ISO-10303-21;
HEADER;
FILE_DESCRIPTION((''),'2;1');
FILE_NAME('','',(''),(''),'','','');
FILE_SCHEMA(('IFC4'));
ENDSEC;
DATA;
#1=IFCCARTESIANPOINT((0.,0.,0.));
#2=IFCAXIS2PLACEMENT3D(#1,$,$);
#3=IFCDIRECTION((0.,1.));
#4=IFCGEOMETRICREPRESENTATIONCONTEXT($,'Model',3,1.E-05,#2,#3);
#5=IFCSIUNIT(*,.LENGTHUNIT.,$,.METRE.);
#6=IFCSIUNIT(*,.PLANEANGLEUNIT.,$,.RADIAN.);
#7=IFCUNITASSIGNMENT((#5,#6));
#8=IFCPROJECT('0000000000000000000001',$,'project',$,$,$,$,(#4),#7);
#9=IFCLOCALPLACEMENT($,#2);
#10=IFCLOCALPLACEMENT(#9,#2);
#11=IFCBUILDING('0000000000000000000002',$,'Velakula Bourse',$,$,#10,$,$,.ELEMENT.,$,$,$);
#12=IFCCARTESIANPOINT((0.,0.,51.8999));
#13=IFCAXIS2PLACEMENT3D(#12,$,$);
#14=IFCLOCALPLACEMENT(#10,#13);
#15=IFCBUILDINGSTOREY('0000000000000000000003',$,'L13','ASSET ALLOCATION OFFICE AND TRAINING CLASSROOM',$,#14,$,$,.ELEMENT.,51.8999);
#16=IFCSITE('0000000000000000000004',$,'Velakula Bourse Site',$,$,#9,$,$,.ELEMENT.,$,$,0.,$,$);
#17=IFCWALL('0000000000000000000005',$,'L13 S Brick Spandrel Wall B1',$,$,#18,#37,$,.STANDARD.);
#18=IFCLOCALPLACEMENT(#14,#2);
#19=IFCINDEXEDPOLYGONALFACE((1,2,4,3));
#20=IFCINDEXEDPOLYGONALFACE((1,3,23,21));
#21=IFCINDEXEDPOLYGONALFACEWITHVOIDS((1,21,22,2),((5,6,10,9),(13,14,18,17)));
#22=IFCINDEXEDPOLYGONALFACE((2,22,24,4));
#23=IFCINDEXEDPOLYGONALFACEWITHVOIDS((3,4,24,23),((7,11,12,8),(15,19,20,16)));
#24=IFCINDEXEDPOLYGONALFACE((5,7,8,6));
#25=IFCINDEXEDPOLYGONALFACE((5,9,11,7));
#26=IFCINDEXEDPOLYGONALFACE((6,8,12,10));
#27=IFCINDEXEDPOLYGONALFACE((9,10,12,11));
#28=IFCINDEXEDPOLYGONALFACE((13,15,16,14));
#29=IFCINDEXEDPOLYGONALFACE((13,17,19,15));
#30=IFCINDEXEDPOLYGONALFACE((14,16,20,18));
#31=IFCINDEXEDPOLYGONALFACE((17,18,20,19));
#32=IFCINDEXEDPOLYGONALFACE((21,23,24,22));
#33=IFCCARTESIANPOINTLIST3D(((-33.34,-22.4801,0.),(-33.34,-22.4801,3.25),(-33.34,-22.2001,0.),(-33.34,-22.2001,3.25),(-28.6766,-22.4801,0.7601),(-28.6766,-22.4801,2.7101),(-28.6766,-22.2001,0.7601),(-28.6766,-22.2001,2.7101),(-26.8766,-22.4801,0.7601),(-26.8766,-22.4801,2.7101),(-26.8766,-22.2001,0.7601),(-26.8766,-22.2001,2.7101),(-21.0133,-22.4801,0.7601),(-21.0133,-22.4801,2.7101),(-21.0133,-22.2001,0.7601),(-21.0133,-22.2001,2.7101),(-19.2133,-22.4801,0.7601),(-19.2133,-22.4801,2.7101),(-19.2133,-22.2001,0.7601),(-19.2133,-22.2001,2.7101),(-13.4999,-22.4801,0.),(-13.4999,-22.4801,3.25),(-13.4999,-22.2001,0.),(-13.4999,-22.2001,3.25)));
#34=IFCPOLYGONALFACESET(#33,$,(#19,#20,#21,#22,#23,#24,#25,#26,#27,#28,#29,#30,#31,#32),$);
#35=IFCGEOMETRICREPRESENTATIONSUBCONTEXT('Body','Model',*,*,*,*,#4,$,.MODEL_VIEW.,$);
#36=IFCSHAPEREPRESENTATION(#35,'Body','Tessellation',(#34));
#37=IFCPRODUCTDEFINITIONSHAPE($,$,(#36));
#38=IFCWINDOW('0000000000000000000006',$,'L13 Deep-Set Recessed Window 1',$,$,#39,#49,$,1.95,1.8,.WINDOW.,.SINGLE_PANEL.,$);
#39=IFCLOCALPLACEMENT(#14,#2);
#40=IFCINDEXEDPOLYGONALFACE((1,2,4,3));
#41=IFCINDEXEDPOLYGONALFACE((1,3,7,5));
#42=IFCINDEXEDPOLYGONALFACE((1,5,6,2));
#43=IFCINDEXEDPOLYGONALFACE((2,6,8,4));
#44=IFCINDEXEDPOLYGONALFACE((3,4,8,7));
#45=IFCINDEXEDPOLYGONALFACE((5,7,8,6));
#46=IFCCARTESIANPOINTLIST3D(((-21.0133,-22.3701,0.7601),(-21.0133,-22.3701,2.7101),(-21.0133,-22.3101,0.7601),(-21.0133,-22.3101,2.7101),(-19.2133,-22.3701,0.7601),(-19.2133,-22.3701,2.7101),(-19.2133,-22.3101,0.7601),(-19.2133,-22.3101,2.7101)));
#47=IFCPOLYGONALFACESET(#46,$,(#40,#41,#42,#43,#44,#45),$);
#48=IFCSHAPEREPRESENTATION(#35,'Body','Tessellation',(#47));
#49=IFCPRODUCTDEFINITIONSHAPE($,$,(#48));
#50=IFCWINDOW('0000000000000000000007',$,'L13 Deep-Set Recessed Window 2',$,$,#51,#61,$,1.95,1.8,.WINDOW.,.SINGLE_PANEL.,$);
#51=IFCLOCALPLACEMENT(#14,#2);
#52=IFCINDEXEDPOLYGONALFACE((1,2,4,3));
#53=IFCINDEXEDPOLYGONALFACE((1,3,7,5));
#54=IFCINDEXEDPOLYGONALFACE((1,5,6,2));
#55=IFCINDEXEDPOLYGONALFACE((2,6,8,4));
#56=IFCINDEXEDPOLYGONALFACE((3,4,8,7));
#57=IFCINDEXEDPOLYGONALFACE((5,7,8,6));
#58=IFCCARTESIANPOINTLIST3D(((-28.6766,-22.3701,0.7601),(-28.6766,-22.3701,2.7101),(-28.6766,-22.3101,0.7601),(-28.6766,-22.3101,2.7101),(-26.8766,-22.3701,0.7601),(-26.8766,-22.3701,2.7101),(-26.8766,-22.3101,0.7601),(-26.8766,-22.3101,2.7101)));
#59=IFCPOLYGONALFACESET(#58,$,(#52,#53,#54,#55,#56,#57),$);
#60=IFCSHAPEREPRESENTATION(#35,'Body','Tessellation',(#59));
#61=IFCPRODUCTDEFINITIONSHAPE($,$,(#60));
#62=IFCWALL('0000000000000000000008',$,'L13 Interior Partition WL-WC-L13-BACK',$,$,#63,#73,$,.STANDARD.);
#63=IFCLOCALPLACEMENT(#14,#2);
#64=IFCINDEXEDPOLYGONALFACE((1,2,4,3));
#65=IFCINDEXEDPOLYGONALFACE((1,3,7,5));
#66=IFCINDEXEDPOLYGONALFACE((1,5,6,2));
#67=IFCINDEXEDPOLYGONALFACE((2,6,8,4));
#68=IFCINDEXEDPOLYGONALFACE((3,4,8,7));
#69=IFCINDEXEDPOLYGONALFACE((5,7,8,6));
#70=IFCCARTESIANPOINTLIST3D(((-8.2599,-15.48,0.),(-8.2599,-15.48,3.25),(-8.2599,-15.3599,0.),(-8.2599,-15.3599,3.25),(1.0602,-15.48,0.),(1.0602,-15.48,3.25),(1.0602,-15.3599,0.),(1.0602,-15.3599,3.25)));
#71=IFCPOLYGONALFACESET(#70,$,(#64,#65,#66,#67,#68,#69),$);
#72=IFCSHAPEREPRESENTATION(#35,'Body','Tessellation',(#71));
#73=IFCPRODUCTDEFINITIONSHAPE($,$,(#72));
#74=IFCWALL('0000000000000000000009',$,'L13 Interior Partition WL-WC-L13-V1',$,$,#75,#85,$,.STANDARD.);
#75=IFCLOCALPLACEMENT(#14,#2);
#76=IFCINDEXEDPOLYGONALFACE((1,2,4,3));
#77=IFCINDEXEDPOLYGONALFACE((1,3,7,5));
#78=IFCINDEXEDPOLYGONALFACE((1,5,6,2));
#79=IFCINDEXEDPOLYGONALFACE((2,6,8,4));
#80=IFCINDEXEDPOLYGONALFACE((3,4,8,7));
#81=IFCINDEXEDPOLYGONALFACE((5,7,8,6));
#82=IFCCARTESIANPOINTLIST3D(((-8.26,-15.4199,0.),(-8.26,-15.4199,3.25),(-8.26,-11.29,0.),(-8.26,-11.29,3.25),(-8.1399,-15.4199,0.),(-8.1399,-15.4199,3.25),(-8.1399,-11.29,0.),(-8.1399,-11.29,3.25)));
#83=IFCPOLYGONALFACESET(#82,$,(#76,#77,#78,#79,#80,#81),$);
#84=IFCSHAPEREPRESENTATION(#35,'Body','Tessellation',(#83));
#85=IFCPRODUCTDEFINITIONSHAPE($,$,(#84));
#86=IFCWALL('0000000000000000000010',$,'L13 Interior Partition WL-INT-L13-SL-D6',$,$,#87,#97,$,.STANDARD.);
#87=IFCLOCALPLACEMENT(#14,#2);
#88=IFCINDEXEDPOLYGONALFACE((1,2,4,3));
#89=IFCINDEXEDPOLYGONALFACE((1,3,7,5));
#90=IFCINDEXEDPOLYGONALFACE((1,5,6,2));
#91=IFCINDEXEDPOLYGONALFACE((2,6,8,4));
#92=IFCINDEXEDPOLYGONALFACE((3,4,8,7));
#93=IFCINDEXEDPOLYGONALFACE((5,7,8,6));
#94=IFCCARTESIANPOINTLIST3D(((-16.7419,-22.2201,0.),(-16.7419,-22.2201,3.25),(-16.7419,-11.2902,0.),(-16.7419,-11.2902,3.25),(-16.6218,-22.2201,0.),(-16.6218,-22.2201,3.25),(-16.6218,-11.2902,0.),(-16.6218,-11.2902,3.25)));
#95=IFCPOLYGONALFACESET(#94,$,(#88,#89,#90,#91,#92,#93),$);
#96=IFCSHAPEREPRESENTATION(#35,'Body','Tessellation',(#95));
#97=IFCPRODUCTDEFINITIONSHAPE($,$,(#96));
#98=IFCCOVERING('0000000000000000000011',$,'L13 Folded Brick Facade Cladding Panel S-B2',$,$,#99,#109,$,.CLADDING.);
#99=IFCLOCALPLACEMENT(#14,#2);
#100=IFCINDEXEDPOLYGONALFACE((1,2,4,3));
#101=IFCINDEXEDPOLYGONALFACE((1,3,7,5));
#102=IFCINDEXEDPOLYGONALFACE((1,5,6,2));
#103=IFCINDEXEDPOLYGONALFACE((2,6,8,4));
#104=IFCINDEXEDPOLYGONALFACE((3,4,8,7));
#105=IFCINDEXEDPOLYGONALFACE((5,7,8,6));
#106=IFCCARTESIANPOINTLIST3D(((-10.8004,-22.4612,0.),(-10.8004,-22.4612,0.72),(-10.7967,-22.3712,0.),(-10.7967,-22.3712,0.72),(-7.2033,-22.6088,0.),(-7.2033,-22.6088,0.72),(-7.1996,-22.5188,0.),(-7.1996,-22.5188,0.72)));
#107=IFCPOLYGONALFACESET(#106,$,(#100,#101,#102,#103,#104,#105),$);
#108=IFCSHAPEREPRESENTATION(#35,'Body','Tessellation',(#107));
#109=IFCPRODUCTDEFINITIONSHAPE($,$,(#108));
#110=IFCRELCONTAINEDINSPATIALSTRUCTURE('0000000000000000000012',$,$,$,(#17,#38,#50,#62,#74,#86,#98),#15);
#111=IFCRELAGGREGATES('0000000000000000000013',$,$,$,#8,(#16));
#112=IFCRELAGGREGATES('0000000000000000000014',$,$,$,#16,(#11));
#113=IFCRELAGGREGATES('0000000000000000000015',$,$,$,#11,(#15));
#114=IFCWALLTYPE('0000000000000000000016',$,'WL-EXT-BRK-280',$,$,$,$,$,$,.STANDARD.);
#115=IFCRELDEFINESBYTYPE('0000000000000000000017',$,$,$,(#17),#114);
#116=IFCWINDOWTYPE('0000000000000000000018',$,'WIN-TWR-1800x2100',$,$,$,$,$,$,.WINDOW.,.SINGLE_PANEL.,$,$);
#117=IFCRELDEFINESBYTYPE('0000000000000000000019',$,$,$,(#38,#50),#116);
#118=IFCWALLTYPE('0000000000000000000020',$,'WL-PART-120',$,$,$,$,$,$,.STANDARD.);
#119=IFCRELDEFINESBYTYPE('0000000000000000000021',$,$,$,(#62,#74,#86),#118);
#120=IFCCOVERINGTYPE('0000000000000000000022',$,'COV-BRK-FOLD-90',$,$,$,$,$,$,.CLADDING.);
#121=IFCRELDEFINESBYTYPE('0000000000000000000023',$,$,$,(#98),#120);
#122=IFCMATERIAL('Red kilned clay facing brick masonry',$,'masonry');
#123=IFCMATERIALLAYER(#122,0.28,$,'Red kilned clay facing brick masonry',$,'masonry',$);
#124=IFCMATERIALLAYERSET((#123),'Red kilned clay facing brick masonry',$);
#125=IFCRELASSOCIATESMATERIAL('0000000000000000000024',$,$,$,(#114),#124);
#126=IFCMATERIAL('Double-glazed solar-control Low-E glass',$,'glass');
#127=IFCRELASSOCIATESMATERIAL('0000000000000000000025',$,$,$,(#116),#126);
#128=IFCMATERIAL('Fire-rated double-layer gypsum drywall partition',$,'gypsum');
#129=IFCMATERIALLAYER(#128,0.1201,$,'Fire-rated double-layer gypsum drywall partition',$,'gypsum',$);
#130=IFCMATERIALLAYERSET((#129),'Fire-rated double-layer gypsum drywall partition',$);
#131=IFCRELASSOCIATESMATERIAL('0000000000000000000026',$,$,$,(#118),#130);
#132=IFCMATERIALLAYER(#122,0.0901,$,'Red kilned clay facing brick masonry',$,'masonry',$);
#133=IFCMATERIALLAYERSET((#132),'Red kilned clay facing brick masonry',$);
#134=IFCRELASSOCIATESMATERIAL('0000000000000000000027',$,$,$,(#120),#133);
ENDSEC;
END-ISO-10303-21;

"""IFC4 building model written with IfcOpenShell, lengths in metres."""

from ifc_helpers import new_model, si_unit, direction, frame, frame_2d, origin, origin_2d, place, context, subcontext, project, spatial, rectangle, extrude, material, layer, layer_set, type_object, element, fill, save


model = new_model("IFC4")

# Units and contexts
model_context = context("Model", 3, precision=1e-05, world=origin(), true_north=direction((0.0, 1.0)))
body_context = subcontext(model_context, "Body", "Model", "MODEL_VIEW")
ifc_project = project(units=[si_unit("LENGTHUNIT", "METRE"), si_unit("PLANEANGLEUNIT", "RADIAN")], contexts=[model_context])

# Site, building, storey
site_placement = place(None, origin())
site = spatial("IfcSite", under=ifc_project, at=site_placement, Name="Velakula Bourse Site", CompositionType="ELEMENT", RefElevation=0.0)
building_placement = place(site_placement, origin())
building = spatial("IfcBuilding", under=site, at=building_placement, Name="Velakula Bourse", CompositionType="ELEMENT")
storey_placement = place(building_placement, frame((0.0, 0.0, 51.8999)))
storey = spatial("IfcBuildingStorey", under=building, at=storey_placement, Name="L13", Description="ASSET ALLOCATION OFFICE AND TRAINING CLASSROOM", CompositionType="ELEMENT", Elevation=51.8999)

# Wall, openings, windows
ifc_material_1 = material(Name="Red kilned clay facing brick masonry", Category="masonry")
ifc_layer_1 = layer(ifc_material_1, 0.28, Name="Red kilned clay facing brick masonry", Category="masonry")
ifc_layer_set_1 = layer_set([ifc_layer_1], Name="Red kilned clay facing brick masonry")
wall_type_1 = type_object("IfcWallType", Name="WL-EXT-BRK-280", PredefinedType="STANDARD", material=ifc_layer_set_1)
wall_1_placement = place(storey_placement, frame((-13.5, -22.3401, 0.0), z_axis=(0.0, 0.0, 1.0), x_axis=(-1.0, 0.0, 0.0)))
wall_1 = element("IfcWall", 1, at=wall_1_placement, inside=storey, type_object=wall_type_1, Name="L13 S Brick Spandrel Wall B1", PredefinedType="STANDARD", context=body_context, shape_type="SweptSolid", body=[
    extrude(rectangle(XDim=19.8401, YDim=0.28, at=frame_2d((9.9199, 0.0))), origin(), (0.0, 0.0, 1.0), 3.25),
])
opening_1_placement = place(wall_1_placement, frame((5.7134, 0.0, 0.76)))
opening_1 = element("IfcOpeningElement", 2, at=opening_1_placement, cuts=wall_1, PredefinedType="OPENING", context=body_context, shape_type="SweptSolid", body=[
    extrude(rectangle(XDim=1.8, YDim=1.95, at=frame_2d((0.8999, 0.9751))), frame((0.0, 0.1499, 0.0), z_axis=(0.0, -1.0, 0.0), x_axis=(1.0, 0.0, 0.0)), (0.0, 0.0, 1.0), 0.3),
])
opening_2_placement = place(wall_1_placement, frame((13.3767, 0.0, 0.76)))
opening_2 = element("IfcOpeningElement", 3, at=opening_2_placement, cuts=wall_1, PredefinedType="OPENING", context=body_context, shape_type="SweptSolid", body=[
    extrude(rectangle(XDim=1.8, YDim=1.95, at=frame_2d((0.8999, 0.9751))), frame((0.0, 0.1499, 0.0), z_axis=(0.0, -1.0, 0.0), x_axis=(1.0, 0.0, 0.0)), (0.0, 0.0, 1.0), 0.3),
])
ifc_material_2 = material(Name="Double-glazed solar-control Low-E glass", Category="glass")
window_type = type_object("IfcWindowType", Name="WIN-TWR-1800x2100", PartitioningType="SINGLE_PANEL", PredefinedType="WINDOW", material=ifc_material_2)
window_1_placement = place(opening_1_placement, origin())
window_1 = element("IfcWindow", 4, at=window_1_placement, inside=storey, type_object=window_type, Name="L13 Deep-Set Recessed Window 1", OverallHeight=1.95, OverallWidth=1.8, PartitioningType="SINGLE_PANEL", PredefinedType="WINDOW", context=body_context, shape_type="SweptSolid", body=[
    extrude(rectangle(XDim=1.8, YDim=1.95, at=frame_2d((0.8999, 0.9751))), frame((0.0, 0.03, 0.0), z_axis=(0.0, -1.0, 0.0), x_axis=(1.0, 0.0, 0.0)), (0.0, 0.0, 1.0), 0.0601),
])
fill(opening_1, window_1)
window_2_placement = place(opening_2_placement, origin())
window_2 = element("IfcWindow", 5, at=window_2_placement, inside=storey, type_object=window_type, Name="L13 Deep-Set Recessed Window 2", OverallHeight=1.95, OverallWidth=1.8, PartitioningType="SINGLE_PANEL", PredefinedType="WINDOW", context=body_context, shape_type="SweptSolid", body=[
    extrude(rectangle(XDim=1.8, YDim=1.95, at=frame_2d((0.8999, 0.9751))), frame((0.0, 0.03, 0.0), z_axis=(0.0, -1.0, 0.0), x_axis=(1.0, 0.0, 0.0)), (0.0, 0.0, 1.0), 0.0601),
])
fill(opening_2, window_2)

# Walls
ifc_material_3 = material(Name="Fire-rated double-layer gypsum drywall partition", Category="gypsum")
ifc_layer_2 = layer(ifc_material_3, 0.1201, Name="Fire-rated double-layer gypsum drywall partition", Category="gypsum")
ifc_layer_set_2 = layer_set([ifc_layer_2], Name="Fire-rated double-layer gypsum drywall partition")
wall_type_2 = type_object("IfcWallType", Name="WL-PART-120", PredefinedType="STANDARD", material=ifc_layer_set_2)
wall_2_placement = place(storey_placement, frame((-8.26, -15.4199, 0.0), z_axis=(0.0, 0.0, 1.0), x_axis=(1.0, 0.0, 0.0)))
element("IfcWall", 6, at=wall_2_placement, inside=storey, type_object=wall_type_2, Name="L13 Interior Partition WL-WC-L13-BACK", PredefinedType="STANDARD", context=body_context, shape_type="SweptSolid", body=[
    extrude(rectangle(XDim=9.3201, YDim=0.1201, at=frame_2d((4.6602, 0.0))), origin(), (0.0, 0.0, 1.0), 3.25),
])
wall_3_placement = place(storey_placement, frame((-8.2, -15.4199, 0.0), z_axis=(0.0, 0.0, 1.0), x_axis=(0.0, 1.0, 0.0)))
element("IfcWall", 7, at=wall_3_placement, inside=storey, type_object=wall_type_2, Name="L13 Interior Partition WL-WC-L13-V1", PredefinedType="STANDARD", context=body_context, shape_type="SweptSolid", body=[
    extrude(rectangle(XDim=4.1299, YDim=0.1201, at=frame_2d((2.0649, 0.0))), origin(), (0.0, 0.0, 1.0), 3.25),
])
wall_4_placement = place(storey_placement, frame((-16.6819, -22.22, 0.0), z_axis=(0.0, 0.0, 1.0), x_axis=(0.0, 1.0, 0.0)))
element("IfcWall", 8, at=wall_4_placement, inside=storey, type_object=wall_type_2, Name="L13 Interior Partition WL-INT-L13-SL-D6", PredefinedType="STANDARD", context=body_context, shape_type="SweptSolid", body=[
    extrude(rectangle(XDim=10.9299, YDim=0.1201, at=frame_2d((5.4648, 0.0))), origin(), (0.0, 0.0, 1.0), 3.25),
])

# Covering
ifc_layer_3 = layer(ifc_material_1, 0.0901, Name="Red kilned clay facing brick masonry", Category="masonry")
ifc_layer_set_3 = layer_set([ifc_layer_3], Name="Red kilned clay facing brick masonry")
covering_type = type_object("IfcCoveringType", Name="COV-BRK-FOLD-90", PredefinedType="CLADDING", material=ifc_layer_set_3)
covering_placement = place(storey_placement, frame((-9.0, -22.49, 0.0), z_axis=(0.0, 0.0, 1.0), x_axis=(0.999159, -0.041004, 0.0)))
element("IfcCovering", 9, at=covering_placement, inside=storey, type_object=covering_type, Name="L13 Folded Brick Facade Cladding Panel S-B2", PredefinedType="CLADDING", context=body_context, shape_type="SweptSolid", body=[
    extrude(rectangle(XDim=3.6001, YDim=0.0901, at=origin_2d()), origin(), (0.0, 0.0, 1.0), 0.72),
])

save(model, "model.ifc")
